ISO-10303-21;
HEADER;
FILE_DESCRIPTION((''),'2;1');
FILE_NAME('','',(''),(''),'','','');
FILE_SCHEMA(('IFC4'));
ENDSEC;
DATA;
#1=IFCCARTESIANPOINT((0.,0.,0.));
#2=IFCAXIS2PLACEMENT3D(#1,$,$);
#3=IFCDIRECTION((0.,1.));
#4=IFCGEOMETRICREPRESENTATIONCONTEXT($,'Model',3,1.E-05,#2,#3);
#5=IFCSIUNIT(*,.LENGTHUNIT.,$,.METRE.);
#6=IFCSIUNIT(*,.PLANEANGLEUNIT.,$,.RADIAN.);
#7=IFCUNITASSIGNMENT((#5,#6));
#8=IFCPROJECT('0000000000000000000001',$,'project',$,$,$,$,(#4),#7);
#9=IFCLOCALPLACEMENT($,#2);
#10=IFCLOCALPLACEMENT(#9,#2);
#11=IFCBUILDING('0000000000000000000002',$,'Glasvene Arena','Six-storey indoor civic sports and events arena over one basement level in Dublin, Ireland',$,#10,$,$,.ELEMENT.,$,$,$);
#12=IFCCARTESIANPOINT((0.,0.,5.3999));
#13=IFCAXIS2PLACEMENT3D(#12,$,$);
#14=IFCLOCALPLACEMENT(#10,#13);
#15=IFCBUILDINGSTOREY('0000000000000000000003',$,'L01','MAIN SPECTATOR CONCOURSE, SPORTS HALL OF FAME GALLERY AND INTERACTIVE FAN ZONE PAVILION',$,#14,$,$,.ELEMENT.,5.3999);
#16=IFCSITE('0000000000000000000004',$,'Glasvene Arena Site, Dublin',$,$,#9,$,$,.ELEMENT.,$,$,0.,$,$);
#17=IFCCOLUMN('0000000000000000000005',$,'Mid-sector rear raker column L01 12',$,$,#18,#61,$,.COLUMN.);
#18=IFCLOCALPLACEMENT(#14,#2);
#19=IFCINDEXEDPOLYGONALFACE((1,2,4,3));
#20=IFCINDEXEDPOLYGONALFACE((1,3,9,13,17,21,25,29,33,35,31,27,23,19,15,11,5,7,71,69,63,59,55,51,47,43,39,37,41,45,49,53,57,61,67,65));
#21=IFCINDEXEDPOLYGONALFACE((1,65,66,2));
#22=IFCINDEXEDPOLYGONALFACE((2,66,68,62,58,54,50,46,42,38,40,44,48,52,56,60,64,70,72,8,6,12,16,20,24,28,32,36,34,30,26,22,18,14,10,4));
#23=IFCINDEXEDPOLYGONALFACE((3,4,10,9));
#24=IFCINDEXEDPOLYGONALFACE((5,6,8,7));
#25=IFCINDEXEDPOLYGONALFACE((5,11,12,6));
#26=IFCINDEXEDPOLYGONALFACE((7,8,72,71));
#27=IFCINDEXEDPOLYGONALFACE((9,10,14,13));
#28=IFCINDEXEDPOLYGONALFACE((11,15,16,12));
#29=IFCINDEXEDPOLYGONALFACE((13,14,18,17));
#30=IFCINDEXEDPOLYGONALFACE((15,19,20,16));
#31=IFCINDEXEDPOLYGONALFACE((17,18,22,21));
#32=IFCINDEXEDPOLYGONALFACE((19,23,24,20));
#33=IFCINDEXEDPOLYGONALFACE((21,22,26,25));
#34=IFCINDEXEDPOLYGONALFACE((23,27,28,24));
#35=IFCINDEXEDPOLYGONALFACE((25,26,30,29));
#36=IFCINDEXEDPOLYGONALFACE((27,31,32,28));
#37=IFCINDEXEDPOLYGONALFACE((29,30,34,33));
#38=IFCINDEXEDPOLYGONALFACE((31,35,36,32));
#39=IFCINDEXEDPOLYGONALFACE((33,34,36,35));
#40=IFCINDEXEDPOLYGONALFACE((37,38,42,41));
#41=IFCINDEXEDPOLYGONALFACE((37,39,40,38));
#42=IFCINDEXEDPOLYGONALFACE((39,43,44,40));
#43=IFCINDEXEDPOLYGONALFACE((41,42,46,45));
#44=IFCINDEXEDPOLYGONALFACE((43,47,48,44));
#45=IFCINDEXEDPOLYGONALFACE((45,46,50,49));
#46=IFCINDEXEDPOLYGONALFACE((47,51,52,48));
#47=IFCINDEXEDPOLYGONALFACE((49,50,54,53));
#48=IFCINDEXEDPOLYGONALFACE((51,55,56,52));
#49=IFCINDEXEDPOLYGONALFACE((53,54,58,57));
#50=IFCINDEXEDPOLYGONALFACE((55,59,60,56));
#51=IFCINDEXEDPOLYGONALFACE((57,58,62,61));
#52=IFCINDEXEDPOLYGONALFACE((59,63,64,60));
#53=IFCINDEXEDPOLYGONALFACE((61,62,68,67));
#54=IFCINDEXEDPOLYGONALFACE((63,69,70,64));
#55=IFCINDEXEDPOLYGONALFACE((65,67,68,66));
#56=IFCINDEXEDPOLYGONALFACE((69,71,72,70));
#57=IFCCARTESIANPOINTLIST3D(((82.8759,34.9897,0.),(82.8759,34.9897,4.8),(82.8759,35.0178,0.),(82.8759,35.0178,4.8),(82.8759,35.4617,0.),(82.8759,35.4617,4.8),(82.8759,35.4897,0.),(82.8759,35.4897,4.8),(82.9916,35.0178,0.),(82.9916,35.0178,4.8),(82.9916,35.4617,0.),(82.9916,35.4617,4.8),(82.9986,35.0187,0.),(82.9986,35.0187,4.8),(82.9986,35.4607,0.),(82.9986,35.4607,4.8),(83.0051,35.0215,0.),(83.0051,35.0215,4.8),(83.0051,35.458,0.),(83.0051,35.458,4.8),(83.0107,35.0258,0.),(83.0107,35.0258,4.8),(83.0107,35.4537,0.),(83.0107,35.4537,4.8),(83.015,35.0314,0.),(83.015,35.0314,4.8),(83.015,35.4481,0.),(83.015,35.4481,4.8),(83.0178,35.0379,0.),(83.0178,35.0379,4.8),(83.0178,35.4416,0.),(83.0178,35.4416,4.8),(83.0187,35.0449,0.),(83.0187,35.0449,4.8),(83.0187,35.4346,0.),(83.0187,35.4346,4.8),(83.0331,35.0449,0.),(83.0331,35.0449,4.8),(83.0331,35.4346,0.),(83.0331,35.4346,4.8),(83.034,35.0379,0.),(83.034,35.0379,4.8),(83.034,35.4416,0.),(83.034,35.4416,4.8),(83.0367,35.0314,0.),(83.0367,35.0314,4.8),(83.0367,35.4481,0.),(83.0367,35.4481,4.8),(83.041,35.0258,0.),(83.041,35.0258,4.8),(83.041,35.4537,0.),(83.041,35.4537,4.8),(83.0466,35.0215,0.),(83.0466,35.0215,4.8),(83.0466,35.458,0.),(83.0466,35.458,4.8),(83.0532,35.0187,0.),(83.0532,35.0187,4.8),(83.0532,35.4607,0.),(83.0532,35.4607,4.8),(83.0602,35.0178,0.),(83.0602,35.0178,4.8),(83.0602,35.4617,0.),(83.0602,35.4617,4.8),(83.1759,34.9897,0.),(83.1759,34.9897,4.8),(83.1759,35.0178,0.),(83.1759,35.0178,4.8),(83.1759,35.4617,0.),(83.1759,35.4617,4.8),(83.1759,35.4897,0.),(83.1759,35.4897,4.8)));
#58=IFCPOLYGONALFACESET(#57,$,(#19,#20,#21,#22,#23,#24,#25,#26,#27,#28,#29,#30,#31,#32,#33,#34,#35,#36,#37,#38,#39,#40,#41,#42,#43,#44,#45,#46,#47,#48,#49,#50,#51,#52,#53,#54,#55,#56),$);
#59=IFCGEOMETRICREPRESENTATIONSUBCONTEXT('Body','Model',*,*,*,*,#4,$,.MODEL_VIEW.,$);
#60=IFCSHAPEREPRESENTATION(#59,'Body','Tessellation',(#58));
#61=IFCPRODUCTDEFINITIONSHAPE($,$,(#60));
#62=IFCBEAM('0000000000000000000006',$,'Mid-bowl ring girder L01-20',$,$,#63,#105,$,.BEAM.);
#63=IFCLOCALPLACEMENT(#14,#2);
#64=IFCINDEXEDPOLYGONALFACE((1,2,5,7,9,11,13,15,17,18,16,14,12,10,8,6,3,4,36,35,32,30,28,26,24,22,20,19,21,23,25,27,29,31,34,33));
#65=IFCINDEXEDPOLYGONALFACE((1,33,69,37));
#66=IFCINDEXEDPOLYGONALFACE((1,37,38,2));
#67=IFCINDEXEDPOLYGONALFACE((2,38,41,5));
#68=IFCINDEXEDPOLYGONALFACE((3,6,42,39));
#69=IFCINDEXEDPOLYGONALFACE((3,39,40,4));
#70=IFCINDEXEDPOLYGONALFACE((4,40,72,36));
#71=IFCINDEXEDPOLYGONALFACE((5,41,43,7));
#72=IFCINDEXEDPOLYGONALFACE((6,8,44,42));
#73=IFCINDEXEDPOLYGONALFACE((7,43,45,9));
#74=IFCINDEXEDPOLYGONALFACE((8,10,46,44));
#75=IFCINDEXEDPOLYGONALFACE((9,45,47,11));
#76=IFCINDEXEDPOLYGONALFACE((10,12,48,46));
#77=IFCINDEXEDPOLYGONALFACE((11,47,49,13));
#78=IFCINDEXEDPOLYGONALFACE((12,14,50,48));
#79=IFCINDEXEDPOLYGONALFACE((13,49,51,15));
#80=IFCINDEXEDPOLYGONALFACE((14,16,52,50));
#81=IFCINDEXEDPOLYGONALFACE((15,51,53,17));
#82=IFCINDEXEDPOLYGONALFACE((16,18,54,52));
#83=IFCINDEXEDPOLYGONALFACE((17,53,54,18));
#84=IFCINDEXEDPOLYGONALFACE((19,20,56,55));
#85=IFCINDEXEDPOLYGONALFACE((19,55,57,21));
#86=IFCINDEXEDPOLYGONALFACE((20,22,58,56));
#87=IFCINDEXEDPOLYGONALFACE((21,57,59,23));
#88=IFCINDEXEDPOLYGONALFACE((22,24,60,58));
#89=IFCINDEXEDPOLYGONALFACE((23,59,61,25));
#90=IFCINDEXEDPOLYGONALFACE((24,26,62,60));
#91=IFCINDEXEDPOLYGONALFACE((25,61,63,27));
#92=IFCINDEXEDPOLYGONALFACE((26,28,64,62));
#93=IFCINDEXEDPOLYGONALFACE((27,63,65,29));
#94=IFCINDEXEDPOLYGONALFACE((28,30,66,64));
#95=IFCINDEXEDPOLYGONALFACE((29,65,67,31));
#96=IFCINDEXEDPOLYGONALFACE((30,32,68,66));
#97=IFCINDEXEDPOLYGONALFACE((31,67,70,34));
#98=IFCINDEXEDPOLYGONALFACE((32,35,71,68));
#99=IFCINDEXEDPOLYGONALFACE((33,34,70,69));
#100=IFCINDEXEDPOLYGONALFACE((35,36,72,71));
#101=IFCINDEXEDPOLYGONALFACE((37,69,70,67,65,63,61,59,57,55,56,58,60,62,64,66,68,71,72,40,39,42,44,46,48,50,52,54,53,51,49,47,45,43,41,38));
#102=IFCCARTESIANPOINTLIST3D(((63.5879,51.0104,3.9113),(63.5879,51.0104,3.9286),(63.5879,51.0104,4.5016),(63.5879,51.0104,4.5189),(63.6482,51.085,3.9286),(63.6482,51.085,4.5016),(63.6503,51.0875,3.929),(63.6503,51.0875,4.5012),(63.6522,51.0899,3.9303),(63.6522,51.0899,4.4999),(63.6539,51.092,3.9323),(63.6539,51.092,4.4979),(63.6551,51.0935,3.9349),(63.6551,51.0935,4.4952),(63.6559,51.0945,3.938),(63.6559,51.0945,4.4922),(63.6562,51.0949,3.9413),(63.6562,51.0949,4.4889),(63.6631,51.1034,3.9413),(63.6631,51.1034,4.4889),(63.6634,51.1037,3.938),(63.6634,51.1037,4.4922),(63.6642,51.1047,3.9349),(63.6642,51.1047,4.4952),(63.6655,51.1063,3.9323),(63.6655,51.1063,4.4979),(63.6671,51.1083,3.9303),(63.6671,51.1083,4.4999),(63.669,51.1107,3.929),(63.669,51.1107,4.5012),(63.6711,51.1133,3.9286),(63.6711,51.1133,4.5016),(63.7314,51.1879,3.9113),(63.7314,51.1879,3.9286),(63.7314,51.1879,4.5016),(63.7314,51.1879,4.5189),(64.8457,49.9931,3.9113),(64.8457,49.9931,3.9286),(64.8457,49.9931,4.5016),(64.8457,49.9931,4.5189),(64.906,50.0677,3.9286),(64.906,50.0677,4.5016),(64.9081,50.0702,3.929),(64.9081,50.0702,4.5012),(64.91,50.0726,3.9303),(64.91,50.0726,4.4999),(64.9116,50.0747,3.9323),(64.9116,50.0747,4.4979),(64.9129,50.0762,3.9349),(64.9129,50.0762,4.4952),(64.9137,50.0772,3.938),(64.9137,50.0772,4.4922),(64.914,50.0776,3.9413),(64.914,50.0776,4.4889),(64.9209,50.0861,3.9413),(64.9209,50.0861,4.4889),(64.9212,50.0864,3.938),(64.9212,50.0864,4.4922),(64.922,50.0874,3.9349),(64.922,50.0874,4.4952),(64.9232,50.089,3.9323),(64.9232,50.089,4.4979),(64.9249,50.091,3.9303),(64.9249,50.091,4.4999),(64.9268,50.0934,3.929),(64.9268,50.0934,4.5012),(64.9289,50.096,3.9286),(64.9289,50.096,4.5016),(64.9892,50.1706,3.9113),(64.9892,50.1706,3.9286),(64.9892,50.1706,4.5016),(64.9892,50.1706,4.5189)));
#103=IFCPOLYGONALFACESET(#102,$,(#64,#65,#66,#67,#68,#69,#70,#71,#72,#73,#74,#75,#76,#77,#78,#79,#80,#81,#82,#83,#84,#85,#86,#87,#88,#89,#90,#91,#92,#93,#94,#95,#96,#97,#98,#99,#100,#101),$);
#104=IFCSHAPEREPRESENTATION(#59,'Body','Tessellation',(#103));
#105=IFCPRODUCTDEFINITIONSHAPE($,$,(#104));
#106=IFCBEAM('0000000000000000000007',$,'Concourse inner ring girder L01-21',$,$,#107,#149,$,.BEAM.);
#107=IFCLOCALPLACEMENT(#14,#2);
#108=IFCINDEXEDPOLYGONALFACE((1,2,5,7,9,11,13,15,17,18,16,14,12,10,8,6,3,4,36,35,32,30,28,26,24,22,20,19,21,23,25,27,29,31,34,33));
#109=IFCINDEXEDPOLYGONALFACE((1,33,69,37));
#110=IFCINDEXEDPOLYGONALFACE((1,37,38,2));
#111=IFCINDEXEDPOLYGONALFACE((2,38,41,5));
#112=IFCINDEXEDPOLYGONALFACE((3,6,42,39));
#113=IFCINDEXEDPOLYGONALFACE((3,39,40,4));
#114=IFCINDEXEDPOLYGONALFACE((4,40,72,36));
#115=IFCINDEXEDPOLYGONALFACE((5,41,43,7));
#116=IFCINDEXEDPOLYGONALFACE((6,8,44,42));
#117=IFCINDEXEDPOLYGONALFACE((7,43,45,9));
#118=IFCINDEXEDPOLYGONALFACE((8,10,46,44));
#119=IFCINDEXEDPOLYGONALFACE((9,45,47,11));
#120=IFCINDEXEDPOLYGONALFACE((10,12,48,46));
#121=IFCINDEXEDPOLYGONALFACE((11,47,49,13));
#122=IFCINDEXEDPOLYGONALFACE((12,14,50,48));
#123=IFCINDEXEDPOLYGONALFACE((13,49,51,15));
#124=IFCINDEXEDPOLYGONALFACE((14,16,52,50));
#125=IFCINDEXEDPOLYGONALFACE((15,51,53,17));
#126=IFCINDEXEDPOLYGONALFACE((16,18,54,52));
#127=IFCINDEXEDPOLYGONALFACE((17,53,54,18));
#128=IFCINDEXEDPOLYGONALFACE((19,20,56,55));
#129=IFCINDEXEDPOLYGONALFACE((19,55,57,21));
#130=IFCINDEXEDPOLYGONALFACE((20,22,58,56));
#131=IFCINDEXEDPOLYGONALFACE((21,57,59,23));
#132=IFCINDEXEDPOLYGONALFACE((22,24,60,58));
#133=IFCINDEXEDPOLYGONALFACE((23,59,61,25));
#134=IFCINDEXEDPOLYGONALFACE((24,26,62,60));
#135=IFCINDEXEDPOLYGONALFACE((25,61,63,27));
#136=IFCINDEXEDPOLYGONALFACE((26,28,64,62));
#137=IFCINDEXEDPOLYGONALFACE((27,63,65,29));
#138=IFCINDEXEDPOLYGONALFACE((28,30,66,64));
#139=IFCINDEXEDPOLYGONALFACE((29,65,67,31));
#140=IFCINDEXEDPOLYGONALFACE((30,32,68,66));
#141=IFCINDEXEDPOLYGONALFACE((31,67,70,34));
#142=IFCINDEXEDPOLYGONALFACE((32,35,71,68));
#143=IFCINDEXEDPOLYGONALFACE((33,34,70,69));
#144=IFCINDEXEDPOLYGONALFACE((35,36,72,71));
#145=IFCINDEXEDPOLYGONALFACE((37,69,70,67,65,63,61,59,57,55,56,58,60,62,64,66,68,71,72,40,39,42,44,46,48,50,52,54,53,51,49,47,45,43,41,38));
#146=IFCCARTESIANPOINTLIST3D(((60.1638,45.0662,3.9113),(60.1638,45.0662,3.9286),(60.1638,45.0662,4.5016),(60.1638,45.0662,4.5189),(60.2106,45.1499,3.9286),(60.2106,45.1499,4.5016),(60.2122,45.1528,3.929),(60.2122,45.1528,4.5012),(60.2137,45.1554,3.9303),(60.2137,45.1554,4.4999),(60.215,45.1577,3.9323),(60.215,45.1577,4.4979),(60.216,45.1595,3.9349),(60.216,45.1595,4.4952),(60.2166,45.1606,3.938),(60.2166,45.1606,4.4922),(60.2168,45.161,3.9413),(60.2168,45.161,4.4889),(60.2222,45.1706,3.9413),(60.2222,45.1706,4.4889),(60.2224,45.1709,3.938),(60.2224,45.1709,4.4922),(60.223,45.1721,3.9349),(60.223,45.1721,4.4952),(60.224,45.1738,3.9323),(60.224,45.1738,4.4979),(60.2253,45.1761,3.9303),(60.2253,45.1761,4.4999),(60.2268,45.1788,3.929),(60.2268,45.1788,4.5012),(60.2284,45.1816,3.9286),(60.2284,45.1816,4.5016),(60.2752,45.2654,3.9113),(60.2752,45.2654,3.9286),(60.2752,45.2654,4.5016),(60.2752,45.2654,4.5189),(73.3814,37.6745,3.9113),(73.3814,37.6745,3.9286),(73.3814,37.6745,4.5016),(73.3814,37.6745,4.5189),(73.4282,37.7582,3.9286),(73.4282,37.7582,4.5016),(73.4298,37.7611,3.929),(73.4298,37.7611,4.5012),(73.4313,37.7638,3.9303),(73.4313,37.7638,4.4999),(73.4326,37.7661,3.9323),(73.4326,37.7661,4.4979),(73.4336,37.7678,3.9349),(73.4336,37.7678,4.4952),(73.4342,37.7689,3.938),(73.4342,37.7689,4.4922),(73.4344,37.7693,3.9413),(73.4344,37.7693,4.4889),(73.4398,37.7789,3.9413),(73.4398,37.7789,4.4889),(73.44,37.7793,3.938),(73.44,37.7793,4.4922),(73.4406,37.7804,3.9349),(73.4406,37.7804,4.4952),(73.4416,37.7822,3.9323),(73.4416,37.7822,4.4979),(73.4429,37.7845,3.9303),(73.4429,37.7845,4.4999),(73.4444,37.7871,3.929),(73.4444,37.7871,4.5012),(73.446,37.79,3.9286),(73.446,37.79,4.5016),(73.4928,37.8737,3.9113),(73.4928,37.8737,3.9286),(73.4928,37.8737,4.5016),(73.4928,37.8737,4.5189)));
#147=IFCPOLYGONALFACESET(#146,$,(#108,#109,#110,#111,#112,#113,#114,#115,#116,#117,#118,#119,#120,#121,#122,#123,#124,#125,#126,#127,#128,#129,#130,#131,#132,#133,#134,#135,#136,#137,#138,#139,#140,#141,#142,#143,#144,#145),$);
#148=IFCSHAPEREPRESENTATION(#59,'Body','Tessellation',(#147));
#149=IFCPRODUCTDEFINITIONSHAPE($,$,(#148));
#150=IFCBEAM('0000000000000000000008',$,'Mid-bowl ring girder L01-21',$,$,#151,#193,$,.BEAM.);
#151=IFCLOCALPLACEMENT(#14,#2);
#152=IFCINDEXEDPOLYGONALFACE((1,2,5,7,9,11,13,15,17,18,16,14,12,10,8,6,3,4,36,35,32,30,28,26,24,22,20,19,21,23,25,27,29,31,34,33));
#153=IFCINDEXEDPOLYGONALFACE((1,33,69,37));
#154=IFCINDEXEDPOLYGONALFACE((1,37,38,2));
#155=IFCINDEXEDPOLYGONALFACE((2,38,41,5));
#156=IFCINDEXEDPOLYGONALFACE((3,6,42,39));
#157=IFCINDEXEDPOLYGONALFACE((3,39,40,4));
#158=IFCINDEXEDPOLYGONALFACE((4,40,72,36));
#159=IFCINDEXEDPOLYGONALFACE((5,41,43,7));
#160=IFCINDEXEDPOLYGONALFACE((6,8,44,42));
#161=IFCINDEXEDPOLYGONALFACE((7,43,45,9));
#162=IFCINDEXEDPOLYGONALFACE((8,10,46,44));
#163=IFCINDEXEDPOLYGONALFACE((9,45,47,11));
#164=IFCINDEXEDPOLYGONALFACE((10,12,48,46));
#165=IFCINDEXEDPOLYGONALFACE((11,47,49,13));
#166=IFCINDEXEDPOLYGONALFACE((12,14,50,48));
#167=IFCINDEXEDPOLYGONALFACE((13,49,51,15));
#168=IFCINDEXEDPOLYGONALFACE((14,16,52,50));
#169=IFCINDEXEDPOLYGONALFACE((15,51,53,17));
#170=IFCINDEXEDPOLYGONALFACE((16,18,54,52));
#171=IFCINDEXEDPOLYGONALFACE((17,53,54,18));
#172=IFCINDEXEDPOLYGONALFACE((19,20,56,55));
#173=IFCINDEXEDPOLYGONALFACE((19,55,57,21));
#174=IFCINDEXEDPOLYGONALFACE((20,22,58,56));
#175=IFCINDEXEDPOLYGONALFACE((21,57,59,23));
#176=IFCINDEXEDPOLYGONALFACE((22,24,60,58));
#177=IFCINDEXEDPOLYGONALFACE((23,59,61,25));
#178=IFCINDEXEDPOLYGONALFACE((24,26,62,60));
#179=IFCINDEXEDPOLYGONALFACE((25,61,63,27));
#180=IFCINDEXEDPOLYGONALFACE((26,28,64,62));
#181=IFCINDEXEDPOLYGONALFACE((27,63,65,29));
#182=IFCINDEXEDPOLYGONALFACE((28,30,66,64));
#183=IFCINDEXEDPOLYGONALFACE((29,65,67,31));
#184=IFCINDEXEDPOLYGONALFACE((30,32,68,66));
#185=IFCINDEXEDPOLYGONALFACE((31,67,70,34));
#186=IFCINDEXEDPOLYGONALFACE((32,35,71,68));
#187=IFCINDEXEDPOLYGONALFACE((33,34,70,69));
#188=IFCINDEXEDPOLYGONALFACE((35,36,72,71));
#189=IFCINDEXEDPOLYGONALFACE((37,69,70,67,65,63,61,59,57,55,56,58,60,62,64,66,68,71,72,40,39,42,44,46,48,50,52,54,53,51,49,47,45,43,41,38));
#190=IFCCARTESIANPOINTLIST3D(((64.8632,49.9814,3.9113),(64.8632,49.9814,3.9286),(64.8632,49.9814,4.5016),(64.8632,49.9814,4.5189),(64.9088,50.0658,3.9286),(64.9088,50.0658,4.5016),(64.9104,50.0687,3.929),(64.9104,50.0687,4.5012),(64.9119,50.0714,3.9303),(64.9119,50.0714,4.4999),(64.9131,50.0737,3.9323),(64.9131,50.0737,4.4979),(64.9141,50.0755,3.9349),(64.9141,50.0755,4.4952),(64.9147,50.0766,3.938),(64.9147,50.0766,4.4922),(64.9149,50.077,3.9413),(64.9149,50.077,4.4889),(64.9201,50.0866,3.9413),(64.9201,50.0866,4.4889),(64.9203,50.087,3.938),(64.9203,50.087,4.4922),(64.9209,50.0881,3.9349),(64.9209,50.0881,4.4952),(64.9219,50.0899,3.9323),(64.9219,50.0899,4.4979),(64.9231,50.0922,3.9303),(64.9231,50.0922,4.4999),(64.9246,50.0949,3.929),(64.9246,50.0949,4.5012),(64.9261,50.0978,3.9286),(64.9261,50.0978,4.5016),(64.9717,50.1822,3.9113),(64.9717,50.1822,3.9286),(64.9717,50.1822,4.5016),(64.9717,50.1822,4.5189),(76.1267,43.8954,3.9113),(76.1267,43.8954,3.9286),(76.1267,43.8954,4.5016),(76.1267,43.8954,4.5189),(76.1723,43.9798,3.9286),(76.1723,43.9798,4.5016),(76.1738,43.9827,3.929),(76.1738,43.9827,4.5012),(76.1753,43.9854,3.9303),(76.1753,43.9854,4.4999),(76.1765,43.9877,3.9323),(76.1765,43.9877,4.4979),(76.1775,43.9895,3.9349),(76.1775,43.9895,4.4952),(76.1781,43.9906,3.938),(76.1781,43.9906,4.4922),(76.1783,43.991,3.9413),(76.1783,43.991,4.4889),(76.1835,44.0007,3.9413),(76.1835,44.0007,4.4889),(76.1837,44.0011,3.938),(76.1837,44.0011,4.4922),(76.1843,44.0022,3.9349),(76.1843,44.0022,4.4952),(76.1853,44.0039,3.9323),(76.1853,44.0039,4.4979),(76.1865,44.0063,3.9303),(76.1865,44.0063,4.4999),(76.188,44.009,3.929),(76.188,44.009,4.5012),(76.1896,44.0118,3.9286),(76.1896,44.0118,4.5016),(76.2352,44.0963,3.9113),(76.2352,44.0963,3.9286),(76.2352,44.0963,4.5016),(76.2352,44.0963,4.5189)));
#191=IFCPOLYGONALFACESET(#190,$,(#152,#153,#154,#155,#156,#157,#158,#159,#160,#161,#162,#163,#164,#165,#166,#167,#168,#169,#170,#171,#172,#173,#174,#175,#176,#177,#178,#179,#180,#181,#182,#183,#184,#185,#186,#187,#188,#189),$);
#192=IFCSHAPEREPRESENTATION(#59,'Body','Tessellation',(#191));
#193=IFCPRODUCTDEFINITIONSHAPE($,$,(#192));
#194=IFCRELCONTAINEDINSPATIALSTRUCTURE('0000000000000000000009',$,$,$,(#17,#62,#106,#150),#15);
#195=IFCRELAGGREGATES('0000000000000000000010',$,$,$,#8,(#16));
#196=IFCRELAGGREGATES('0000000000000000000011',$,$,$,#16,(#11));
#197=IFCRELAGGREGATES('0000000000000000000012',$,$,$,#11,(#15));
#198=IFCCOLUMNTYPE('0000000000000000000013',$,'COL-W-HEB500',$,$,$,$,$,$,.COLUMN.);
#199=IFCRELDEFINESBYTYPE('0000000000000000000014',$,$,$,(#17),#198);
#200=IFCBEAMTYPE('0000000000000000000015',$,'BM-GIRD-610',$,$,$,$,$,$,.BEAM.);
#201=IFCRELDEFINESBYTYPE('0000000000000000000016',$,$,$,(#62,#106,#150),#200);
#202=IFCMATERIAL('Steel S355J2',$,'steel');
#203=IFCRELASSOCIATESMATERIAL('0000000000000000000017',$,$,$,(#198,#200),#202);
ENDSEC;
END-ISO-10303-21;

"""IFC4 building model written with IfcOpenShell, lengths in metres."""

from ifc_helpers import new_model, si_unit, direction, frame, origin, origin_2d, place, context, subcontext, project, spatial, i_section, extrude, material, material_profile, profile_set, type_object, element, save


model = new_model("IFC4")

# Units and contexts
model_context = context("Model", 3, precision=1e-05, world=origin(), true_north=direction((0.0, 1.0)))
body_context = subcontext(model_context, "Body", "Model", "MODEL_VIEW")
ifc_project = project(units=[si_unit("LENGTHUNIT", "METRE"), si_unit("PLANEANGLEUNIT", "RADIAN")], contexts=[model_context])

# Site, building, storey
site_placement = place(None, origin())
site = spatial("IfcSite", under=ifc_project, at=site_placement, Name="Glasvene Arena Site, Dublin", CompositionType="ELEMENT", RefElevation=0.0)
building_placement = place(site_placement, origin())
building = spatial("IfcBuilding", under=site, at=building_placement, Name="Glasvene Arena", Description="Six-storey indoor civic sports and events arena over one basement level in Dublin, Ireland", CompositionType="ELEMENT")
storey_placement = place(building_placement, frame((0.0, 0.0, 5.3999)))
storey = spatial("IfcBuildingStorey", under=building, at=storey_placement, Name="L01", Description="MAIN SPECTATOR CONCOURSE, SPORTS HALL OF FAME GALLERY AND INTERACTIVE FAN ZONE PAVILION", CompositionType="ELEMENT", Elevation=5.3999)

# Column
ifc_material_1 = material(Name="Steel S355J2", Category="steel")
ifc_material_profile_1 = material_profile(ifc_material_1, i_section(OverallWidth=0.3, OverallDepth=0.5, WebThickness=0.0144, FlangeThickness=0.0281, FilletRadius=0.0271, at=origin_2d()), Name="HEB 500")
ifc_profile_set_1 = profile_set([ifc_material_profile_1], Name="Steel S355J2")
column_type_1 = type_object("IfcColumnType", Name="COL-W-HEB500", PredefinedType="COLUMN", material=ifc_profile_set_1)
for number, where, z_axis, x_axis, name in (
    (1, (83.0259, 35.2397, 0.0), (0.0, 0.0, 1.0), (1.0, 0.0, 0.0), "Mid-sector rear raker column L01 12"),
):
    element("IfcColumn", number, at=place(storey_placement, frame(where, z_axis=z_axis, x_axis=x_axis)), inside=storey, type_object=column_type_1, Name=name, PredefinedType="COLUMN", context=body_context, shape_type="SweptSolid", body=[
        extrude(i_section(OverallWidth=0.3, OverallDepth=0.5, WebThickness=0.0144, FlangeThickness=0.0281, FilletRadius=0.0271, at=origin_2d()), origin(), (0.0, 0.0, 1.0), 4.8),
    ])

# Beams
ifc_material_profile_2 = material_profile(ifc_material_1, i_section(OverallWidth=0.2283, OverallDepth=0.6077, WebThickness=0.011, FlangeThickness=0.0173, FilletRadius=0.0127, at=origin_2d()), Name="UKB 610x229x113")
ifc_profile_set_2 = profile_set([ifc_material_profile_2], Name="Steel S355J2")
beam_type_1 = type_object("IfcBeamType", Name="BM-GIRD-610", PredefinedType="BEAM", material=ifc_profile_set_2)
beam_1_placement = place(storey_placement, frame((63.6597, 51.0991, 4.2151), z_axis=(0.777515, -0.628864, 0.0), x_axis=(0.628864, 0.777515, 0.0)))
element("IfcBeam", 2, at=beam_1_placement, inside=storey, type_object=beam_type_1, Name="Mid-bowl ring girder L01-20", PredefinedType="BEAM", context=body_context, shape_type="SweptSolid", body=[
    extrude(i_section(OverallWidth=0.2283, OverallDepth=0.6077, WebThickness=0.011, FlangeThickness=0.0173, FilletRadius=0.0127, at=origin_2d()), origin(), (0.0, 0.0, 1.0), 1.6177),
])
beam_2_placement = place(storey_placement, frame((60.2195, 45.1658, 4.2151), z_axis=(0.872793, -0.48809, 0.0), x_axis=(0.48809, 0.872793, 0.0)))
element("IfcBeam", 3, at=beam_2_placement, inside=storey, type_object=beam_type_1, Name="Concourse inner ring girder L01-21", PredefinedType="BEAM", context=body_context, shape_type="SweptSolid", body=[
    extrude(i_section(OverallWidth=0.2283, OverallDepth=0.6077, WebThickness=0.011, FlangeThickness=0.0173, FilletRadius=0.0127, at=origin_2d()), origin(), (0.0, 0.0, 1.0), 15.144),
])
beam_3_placement = place(storey_placement, frame((64.9175, 50.0818, 4.2151), z_axis=(0.879785, -0.475372, 0.0), x_axis=(0.475372, 0.879785, 0.0)))
element("IfcBeam", 4, at=beam_3_placement, inside=storey, type_object=beam_type_1, Name="Mid-bowl ring girder L01-21", PredefinedType="BEAM", context=body_context, shape_type="SweptSolid", body=[
    extrude(i_section(OverallWidth=0.2283, OverallDepth=0.6077, WebThickness=0.011, FlangeThickness=0.0173, FilletRadius=0.0127, at=origin_2d()), origin(), (0.0, 0.0, 1.0), 12.8025),
])

save(model, "model.ifc")
